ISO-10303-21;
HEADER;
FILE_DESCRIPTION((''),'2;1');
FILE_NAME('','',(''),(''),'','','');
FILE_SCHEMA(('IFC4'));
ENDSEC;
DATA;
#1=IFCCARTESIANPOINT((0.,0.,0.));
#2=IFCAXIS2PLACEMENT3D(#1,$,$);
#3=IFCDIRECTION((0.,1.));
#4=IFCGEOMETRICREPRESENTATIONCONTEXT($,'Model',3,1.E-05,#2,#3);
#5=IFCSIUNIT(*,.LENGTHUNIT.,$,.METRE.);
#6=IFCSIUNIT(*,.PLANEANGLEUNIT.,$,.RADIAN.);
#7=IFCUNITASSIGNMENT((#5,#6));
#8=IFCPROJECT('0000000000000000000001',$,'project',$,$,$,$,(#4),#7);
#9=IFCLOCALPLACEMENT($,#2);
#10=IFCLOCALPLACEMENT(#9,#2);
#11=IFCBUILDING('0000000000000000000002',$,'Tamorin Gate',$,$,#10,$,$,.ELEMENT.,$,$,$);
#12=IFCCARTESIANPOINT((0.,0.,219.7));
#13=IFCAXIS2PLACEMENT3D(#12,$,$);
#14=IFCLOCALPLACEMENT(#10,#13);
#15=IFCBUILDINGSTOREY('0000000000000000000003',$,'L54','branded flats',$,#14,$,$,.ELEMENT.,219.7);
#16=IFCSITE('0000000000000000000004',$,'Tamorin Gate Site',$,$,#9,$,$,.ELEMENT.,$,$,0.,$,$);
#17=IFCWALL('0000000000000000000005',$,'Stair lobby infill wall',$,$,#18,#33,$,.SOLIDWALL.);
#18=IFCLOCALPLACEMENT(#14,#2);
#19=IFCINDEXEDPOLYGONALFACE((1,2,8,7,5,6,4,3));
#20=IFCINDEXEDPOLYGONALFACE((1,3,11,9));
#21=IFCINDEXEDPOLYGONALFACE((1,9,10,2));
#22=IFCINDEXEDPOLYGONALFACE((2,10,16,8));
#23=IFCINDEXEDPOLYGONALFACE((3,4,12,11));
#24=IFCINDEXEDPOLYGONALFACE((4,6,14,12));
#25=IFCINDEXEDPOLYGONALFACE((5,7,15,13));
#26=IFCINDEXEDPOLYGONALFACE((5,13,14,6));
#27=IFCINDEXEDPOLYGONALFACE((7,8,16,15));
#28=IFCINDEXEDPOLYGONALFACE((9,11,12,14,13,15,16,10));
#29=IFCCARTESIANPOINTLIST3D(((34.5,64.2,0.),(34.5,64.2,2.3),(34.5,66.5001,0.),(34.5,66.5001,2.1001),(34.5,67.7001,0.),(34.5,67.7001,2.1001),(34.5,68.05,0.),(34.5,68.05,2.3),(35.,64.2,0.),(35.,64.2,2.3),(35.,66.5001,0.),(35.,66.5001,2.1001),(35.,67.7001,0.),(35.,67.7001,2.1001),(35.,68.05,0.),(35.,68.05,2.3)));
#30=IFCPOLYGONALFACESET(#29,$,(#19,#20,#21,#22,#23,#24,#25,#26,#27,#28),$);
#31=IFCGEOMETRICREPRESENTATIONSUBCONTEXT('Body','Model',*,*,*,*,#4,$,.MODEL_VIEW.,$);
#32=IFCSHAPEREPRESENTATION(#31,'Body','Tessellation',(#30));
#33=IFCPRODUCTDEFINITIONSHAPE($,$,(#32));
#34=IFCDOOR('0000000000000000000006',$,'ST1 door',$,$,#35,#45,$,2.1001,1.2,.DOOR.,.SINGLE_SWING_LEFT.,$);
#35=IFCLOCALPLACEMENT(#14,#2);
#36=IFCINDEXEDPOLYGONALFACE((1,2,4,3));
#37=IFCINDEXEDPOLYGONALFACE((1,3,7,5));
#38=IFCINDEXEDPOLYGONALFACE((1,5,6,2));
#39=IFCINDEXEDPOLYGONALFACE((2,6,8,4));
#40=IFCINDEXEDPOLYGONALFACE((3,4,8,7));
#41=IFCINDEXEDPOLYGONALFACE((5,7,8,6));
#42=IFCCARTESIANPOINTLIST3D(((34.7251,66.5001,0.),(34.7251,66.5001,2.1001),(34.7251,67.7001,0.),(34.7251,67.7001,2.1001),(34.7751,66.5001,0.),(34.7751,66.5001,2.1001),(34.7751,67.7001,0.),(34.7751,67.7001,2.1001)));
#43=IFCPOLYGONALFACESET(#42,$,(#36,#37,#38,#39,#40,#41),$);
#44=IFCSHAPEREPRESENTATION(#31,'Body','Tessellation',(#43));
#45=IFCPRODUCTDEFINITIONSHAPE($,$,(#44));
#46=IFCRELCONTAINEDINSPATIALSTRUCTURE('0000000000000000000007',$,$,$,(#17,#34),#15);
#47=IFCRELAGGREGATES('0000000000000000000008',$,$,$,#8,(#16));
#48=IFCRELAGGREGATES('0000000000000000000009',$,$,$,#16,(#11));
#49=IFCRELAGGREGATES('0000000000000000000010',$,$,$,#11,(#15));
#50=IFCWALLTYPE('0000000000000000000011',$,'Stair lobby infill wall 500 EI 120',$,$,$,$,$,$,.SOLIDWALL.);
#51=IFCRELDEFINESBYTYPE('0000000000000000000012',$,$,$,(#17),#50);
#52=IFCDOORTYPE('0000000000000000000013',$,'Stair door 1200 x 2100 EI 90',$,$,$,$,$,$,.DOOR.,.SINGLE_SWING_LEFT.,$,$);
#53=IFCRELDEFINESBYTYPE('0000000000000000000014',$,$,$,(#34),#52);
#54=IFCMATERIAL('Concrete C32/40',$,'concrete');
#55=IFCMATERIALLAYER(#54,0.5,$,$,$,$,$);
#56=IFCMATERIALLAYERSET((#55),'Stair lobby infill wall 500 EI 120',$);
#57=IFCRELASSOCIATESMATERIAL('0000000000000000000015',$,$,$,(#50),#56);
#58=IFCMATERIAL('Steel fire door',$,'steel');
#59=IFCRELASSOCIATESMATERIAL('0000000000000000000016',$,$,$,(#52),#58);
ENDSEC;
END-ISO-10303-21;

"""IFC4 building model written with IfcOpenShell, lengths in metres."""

from ifc_helpers import new_model, si_unit, direction, frame, frame_2d, origin, place, context, subcontext, project, spatial, rectangle, extrude, material, layer, layer_set, type_object, element, fill, save


model = new_model("IFC4")

# Units and contexts
model_context = context("Model", 3, precision=1e-05, world=origin(), true_north=direction((0.0, 1.0)))
body_context = subcontext(model_context, "Body", "Model", "MODEL_VIEW")
ifc_project = project(units=[si_unit("LENGTHUNIT", "METRE"), si_unit("PLANEANGLEUNIT", "RADIAN")], contexts=[model_context])

# Site, building, storey
site_placement = place(None, origin())
site = spatial("IfcSite", under=ifc_project, at=site_placement, Name="Tamorin Gate Site", CompositionType="ELEMENT", RefElevation=0.0)
building_placement = place(site_placement, origin())
building = spatial("IfcBuilding", under=site, at=building_placement, Name="Tamorin Gate", CompositionType="ELEMENT")
storey_placement = place(building_placement, frame((0.0, 0.0, 219.7)))
storey = spatial("IfcBuildingStorey", under=building, at=storey_placement, Name="L54", Description="branded flats", CompositionType="ELEMENT", Elevation=219.7)

# Shared definitions
ifc_material_1 = material(Name="Steel fire door", Category="steel")

# Wall, opening, door
ifc_material_2 = material(Name="Concrete C32/40", Category="concrete")
ifc_layer_1 = layer(ifc_material_2, 0.5)
ifc_layer_set_1 = layer_set([ifc_layer_1], Name="Stair lobby infill wall 500 EI 120")
wall_type_1 = type_object("IfcWallType", Name="Stair lobby infill wall 500 EI 120", PredefinedType="SOLIDWALL", material=ifc_layer_set_1)
wall_1_placement = place(storey_placement, frame((34.75, 64.2, 0.0), z_axis=(0.0, 0.0, 1.0), x_axis=(0.0, 1.0, 0.0)))
wall_1 = element("IfcWall", 1, at=wall_1_placement, inside=storey, type_object=wall_type_1, Name="Stair lobby infill wall", PredefinedType="SOLIDWALL", context=body_context, shape_type="SweptSolid", body=[
    extrude(rectangle(XDim=3.8501, YDim=0.5, at=frame_2d((1.925, 0.0))), origin(), (0.0, 0.0, 1.0), 2.3),
])
opening_1_placement = place(wall_1_placement, frame((2.3, 0.0, 0.0)))
opening_1 = element("IfcOpeningElement", 2, at=opening_1_placement, cuts=wall_1, PredefinedType="OPENING", context=body_context, shape_type="SweptSolid", body=[
    extrude(rectangle(XDim=1.2, YDim=2.1001, at=frame_2d((0.6001, 1.05))), frame((0.0, 0.26, 0.0), z_axis=(0.0, -1.0, 0.0), x_axis=(1.0, 0.0, 0.0)), (0.0, 0.0, 1.0), 0.52),
])
door_type_1 = type_object("IfcDoorType", Name="Stair door 1200 x 2100 EI 90", OperationType="SINGLE_SWING_LEFT", PredefinedType="DOOR", material=ifc_material_1)
door_1_placement = place(opening_1_placement, origin())
door_1 = element("IfcDoor", 3, at=door_1_placement, inside=storey, type_object=door_type_1, Name="ST1 door", OperationType="SINGLE_SWING_LEFT", OverallHeight=2.1001, OverallWidth=1.2, PredefinedType="DOOR", context=body_context, shape_type="SweptSolid", body=[
    extrude(rectangle(XDim=1.2, YDim=2.1001, at=frame_2d((0.6001, 1.05))), frame((0.0, 0.0249, 0.0), z_axis=(0.0, -1.0, 0.0), x_axis=(1.0, 0.0, 0.0)), (0.0, 0.0, 1.0), 0.05),
])
fill(opening_1, door_1)

save(model, "model.ifc")
